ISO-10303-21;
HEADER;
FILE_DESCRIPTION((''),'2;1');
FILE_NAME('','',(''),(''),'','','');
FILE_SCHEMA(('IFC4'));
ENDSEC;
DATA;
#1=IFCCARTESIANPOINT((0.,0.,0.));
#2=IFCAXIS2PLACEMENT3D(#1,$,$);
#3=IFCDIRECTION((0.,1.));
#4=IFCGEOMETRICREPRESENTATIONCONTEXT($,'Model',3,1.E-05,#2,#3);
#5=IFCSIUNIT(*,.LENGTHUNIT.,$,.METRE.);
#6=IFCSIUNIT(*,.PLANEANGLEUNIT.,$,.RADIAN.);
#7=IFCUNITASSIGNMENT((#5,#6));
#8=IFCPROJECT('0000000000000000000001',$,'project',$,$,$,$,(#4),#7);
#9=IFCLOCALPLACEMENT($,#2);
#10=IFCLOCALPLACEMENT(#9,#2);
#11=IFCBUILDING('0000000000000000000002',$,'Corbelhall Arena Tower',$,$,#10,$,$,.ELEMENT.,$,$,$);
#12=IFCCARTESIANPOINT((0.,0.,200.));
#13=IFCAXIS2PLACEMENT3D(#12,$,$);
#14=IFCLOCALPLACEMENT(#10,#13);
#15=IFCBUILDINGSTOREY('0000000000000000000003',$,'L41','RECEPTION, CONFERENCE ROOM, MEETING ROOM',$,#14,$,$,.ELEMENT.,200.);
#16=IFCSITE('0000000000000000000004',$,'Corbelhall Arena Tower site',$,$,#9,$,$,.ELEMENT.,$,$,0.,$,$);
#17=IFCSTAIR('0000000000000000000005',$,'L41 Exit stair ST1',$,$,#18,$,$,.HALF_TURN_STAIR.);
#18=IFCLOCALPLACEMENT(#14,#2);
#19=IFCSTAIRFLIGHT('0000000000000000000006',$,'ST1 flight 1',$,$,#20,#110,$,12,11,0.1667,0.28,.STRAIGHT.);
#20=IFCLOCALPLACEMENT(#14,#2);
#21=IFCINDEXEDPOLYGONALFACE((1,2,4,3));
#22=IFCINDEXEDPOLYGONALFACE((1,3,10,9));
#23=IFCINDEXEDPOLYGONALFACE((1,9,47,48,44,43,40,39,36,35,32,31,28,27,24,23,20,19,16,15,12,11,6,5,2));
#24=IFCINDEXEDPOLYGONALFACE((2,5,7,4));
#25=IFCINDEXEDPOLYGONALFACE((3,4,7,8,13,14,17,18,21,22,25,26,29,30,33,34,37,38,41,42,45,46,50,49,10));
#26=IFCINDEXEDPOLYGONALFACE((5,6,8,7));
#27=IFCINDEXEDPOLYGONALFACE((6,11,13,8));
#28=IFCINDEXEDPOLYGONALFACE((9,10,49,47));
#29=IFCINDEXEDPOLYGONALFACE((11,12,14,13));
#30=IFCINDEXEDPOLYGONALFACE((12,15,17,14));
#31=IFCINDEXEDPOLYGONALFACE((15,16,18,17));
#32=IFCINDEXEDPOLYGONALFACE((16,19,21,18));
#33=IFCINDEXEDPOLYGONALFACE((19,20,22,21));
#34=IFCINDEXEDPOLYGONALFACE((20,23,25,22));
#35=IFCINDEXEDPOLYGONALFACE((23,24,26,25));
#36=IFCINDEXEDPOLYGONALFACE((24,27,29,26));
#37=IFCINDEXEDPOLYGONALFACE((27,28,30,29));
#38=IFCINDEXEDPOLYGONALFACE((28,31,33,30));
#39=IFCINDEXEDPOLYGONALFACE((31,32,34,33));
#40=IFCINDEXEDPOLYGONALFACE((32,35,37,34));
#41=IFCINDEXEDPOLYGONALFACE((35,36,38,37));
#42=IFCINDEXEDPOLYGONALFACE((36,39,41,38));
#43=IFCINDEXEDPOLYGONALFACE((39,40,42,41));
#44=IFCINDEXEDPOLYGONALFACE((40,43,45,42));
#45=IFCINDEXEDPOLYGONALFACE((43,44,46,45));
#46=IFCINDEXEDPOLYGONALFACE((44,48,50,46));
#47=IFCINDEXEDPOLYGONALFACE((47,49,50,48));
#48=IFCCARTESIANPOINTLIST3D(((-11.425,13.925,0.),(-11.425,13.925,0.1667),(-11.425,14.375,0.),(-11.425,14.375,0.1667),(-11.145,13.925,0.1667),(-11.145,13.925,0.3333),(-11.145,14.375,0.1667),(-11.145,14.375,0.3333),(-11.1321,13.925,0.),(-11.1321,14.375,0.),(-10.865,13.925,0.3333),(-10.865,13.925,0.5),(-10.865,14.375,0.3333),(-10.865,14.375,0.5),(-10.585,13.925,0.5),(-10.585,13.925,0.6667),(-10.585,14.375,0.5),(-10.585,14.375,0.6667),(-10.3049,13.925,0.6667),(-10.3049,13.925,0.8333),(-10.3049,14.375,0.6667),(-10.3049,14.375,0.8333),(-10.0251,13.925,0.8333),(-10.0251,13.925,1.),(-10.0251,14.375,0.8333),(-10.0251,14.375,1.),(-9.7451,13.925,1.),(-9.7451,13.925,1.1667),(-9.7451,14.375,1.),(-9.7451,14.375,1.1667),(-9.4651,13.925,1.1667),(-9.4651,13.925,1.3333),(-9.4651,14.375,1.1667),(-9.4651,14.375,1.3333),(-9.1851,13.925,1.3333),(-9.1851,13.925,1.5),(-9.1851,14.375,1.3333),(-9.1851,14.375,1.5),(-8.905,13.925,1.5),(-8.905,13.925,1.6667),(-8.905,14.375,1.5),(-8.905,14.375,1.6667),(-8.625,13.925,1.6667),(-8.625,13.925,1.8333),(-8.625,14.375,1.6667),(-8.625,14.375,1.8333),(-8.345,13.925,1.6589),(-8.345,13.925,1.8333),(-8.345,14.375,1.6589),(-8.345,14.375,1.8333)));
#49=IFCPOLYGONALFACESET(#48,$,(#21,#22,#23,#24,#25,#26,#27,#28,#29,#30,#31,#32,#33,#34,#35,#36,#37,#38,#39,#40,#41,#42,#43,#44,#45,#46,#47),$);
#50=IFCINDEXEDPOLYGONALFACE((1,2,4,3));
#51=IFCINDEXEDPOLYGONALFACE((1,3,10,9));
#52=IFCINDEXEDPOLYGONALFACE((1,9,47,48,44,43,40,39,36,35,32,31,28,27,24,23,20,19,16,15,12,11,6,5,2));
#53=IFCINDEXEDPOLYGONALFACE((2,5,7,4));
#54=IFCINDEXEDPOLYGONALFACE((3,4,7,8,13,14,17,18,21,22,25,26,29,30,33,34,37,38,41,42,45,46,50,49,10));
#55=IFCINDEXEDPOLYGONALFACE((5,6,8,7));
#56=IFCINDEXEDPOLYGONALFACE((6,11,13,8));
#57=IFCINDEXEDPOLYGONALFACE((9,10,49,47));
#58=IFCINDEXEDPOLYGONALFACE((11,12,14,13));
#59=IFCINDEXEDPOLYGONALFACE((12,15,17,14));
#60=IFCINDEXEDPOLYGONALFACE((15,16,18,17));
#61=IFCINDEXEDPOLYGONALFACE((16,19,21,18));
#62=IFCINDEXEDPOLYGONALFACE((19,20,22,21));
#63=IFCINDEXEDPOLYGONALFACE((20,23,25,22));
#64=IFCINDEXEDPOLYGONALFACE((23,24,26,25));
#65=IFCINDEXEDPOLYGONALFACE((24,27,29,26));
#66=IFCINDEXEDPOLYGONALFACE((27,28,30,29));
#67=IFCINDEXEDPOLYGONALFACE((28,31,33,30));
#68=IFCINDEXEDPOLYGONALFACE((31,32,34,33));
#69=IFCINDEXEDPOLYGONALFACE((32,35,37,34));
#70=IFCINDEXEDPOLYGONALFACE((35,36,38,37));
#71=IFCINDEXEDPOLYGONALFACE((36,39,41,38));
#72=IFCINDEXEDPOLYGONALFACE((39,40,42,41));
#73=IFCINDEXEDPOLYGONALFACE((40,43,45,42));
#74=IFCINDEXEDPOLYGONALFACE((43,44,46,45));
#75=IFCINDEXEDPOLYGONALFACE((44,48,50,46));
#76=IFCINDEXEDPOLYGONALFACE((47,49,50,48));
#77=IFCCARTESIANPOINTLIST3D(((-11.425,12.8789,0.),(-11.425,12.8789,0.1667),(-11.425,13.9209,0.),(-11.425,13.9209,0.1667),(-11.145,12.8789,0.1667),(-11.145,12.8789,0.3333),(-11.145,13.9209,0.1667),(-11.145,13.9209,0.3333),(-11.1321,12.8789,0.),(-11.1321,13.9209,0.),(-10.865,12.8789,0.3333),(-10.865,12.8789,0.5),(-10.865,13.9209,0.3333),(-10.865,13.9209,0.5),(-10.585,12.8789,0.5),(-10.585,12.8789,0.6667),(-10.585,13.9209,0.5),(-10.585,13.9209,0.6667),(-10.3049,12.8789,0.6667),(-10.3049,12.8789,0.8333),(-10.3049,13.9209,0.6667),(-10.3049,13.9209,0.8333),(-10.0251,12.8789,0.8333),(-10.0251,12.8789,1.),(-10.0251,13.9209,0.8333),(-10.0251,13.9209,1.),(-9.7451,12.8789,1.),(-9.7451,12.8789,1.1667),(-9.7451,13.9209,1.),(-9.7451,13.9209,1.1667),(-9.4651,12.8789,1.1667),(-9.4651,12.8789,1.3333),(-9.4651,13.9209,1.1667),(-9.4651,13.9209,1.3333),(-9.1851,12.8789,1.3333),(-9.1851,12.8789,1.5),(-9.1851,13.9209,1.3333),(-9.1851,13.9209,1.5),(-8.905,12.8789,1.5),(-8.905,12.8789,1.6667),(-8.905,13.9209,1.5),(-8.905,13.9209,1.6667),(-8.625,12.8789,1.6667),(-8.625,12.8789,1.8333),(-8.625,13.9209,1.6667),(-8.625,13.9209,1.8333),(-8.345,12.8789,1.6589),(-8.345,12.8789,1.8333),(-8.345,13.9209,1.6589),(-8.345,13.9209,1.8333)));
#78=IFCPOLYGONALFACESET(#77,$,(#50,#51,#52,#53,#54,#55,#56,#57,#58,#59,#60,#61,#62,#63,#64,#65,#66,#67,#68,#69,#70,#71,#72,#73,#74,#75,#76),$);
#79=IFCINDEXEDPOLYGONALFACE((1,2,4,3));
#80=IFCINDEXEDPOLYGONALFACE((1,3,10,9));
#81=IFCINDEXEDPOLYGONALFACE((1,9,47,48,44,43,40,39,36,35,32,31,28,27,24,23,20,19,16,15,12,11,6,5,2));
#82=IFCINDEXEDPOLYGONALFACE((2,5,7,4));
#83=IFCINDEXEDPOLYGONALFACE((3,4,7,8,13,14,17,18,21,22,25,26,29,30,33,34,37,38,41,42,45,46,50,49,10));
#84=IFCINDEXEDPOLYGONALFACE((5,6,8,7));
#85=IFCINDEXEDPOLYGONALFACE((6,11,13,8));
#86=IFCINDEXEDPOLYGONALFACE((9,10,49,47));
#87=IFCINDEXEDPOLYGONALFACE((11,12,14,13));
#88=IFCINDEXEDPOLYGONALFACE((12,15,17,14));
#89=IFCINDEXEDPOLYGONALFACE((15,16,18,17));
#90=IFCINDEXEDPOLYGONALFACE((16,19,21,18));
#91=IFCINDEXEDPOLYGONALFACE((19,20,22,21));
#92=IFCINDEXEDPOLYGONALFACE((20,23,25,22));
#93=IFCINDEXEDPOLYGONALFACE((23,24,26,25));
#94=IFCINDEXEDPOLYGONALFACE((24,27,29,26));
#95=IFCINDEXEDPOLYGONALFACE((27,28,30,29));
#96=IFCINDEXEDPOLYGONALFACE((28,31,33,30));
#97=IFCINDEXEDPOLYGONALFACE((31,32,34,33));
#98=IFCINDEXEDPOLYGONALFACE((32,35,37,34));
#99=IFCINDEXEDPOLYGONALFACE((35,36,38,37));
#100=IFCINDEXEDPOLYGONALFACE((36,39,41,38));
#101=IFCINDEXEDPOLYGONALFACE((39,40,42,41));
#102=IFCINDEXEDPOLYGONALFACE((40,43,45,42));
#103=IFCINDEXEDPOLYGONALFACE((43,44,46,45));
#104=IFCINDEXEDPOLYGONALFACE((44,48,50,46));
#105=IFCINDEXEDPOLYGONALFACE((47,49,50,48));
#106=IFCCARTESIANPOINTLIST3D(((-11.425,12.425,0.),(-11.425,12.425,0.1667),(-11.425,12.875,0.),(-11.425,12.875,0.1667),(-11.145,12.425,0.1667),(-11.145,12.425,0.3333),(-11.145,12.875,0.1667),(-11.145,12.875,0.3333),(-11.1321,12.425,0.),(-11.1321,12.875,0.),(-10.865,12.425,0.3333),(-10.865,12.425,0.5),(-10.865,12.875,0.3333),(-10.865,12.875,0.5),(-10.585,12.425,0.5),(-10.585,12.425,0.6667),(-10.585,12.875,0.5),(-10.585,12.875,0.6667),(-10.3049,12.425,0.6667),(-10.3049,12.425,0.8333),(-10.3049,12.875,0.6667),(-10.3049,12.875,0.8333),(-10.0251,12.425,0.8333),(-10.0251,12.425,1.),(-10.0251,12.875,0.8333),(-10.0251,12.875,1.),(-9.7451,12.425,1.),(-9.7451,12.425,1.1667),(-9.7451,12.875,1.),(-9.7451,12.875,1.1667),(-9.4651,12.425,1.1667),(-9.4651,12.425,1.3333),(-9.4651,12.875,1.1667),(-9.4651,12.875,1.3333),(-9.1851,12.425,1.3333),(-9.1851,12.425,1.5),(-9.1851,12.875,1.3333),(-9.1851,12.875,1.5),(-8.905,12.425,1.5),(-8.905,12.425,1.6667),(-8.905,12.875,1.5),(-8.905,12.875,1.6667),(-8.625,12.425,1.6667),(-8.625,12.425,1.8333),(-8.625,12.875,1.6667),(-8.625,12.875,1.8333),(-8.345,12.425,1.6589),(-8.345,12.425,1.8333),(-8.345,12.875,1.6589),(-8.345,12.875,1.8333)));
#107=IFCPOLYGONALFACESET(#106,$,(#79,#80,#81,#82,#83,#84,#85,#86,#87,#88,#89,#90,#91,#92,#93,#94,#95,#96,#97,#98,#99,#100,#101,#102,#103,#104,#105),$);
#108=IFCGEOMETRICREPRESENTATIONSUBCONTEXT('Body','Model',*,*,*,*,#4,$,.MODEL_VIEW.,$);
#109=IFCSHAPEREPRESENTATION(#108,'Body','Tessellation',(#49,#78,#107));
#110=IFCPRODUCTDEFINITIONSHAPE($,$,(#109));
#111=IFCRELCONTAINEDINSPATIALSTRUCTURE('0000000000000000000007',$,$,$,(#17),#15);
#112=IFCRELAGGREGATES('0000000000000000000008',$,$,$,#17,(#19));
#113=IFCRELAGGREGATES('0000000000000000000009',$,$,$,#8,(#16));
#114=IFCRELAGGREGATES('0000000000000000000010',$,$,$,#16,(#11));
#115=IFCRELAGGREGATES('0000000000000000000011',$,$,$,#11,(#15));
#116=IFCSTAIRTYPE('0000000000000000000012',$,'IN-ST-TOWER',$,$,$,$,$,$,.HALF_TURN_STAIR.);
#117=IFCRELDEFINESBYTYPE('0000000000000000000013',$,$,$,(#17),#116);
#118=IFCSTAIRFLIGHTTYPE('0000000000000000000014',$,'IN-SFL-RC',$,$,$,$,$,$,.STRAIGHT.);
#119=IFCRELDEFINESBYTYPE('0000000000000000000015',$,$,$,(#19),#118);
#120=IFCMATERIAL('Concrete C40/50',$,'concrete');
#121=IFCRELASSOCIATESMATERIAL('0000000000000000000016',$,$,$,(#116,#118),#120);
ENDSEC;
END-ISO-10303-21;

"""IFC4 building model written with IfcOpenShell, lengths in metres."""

from ifc_helpers import new_model, si_unit, direction, frame, origin, place, context, subcontext, project, spatial, polyline, outline, extrude, material, type_object, element, aggregate, save


model = new_model("IFC4")

# Units and contexts
model_context = context("Model", 3, precision=1e-05, world=origin(), true_north=direction((0.0, 1.0)))
body_context = subcontext(model_context, "Body", "Model", "MODEL_VIEW")
ifc_project = project(units=[si_unit("LENGTHUNIT", "METRE"), si_unit("PLANEANGLEUNIT", "RADIAN")], contexts=[model_context])

# Site, building, storey
site_placement = place(None, origin())
site = spatial("IfcSite", under=ifc_project, at=site_placement, Name="Corbelhall Arena Tower site", CompositionType="ELEMENT", RefElevation=0.0)
building_placement = place(site_placement, origin())
building = spatial("IfcBuilding", under=site, at=building_placement, Name="Corbelhall Arena Tower", CompositionType="ELEMENT")
storey_placement = place(building_placement, frame((0.0, 0.0, 200.0)))
storey = spatial("IfcBuildingStorey", under=building, at=storey_placement, Name="L41", Description="RECEPTION, CONFERENCE ROOM, MEETING ROOM", CompositionType="ELEMENT", Elevation=200.0)

# Shared definitions
ifc_material_1 = material(Name="Concrete C40/50", Category="concrete")

# Stair, stair flight
stair_type = type_object("IfcStairType", Name="IN-ST-TOWER", PredefinedType="HALF_TURN_STAIR", material=ifc_material_1)
stair_placement = place(storey_placement, origin())
stair = element("IfcStair", 1, at=stair_placement, inside=storey, type_object=stair_type, Name="L41 Exit stair ST1", PredefinedType="HALF_TURN_STAIR")
stair_flight_type = type_object("IfcStairFlightType", Name="IN-SFL-RC", PredefinedType="STRAIGHT", material=ifc_material_1)
stair_flight_placement = place(storey_placement, frame((-11.425, 13.3999, 0.0), z_axis=(0.0, 0.0, 1.0), x_axis=(1.0, 0.0, 0.0)))
stair_flight = element("IfcStairFlight", 2, at=stair_flight_placement, type_object=stair_flight_type, Name="ST1 flight 1", NumberOfRisers=12, NumberOfTreads=11, PredefinedType="STRAIGHT", RiserHeight=0.1667, TreadLength=0.28, context=body_context, shape_type="SweptSolid", body=[
    extrude(outline(polyline([(0.0, 0.0), (0.0, 0.1667), (0.28, 0.1667), (0.28, 0.3333), (0.5601, 0.3333), (0.5601, 0.5), (0.8401, 0.5), (0.8401, 0.6667), (1.1201, 0.6667), (1.1201, 0.8333), (1.3999, 0.8333), (1.3999, 1.0), (1.6799, 1.0), (1.6799, 1.1667), (1.96, 1.1667), (1.96, 1.3333), (2.24, 1.3333), (2.24, 1.5), (2.52, 1.5), (2.52, 1.6667), (2.8, 1.6667), (2.8, 1.8333), (3.0801, 1.8333), (3.0801, 2.0), (3.0801, 1.6589), (0.293, 0.0), (0.0, 0.0)])), frame((0.0, 0.9751, 0.0), z_axis=(0.0, -1.0, 0.0), x_axis=(1.0, 0.0, 0.0)), (0.0, 0.0, 1.0), 0.45),
    extrude(outline(polyline([(0.0, 0.0), (0.0, 0.1667), (0.28, 0.1667), (0.28, 0.3333), (0.5601, 0.3333), (0.5601, 0.5), (0.8401, 0.5), (0.8401, 0.6667), (1.1201, 0.6667), (1.1201, 0.8333), (1.3999, 0.8333), (1.3999, 1.0), (1.6799, 1.0), (1.6799, 1.1667), (1.96, 1.1667), (1.96, 1.3333), (2.24, 1.3333), (2.24, 1.5), (2.52, 1.5), (2.52, 1.6667), (2.8, 1.6667), (2.8, 1.8333), (3.0801, 1.8333), (3.0801, 2.0), (3.0801, 1.6589), (0.293, 0.0), (0.0, 0.0)])), frame((0.0, 0.521, 0.0), z_axis=(0.0, -1.0, 0.0), x_axis=(1.0, 0.0, 0.0)), (0.0, 0.0, 1.0), 1.042),
    extrude(outline(polyline([(0.0, 0.0), (0.0, 0.1667), (0.28, 0.1667), (0.28, 0.3333), (0.5601, 0.3333), (0.5601, 0.5), (0.8401, 0.5), (0.8401, 0.6667), (1.1201, 0.6667), (1.1201, 0.8333), (1.3999, 0.8333), (1.3999, 1.0), (1.6799, 1.0), (1.6799, 1.1667), (1.96, 1.1667), (1.96, 1.3333), (2.24, 1.3333), (2.24, 1.5), (2.52, 1.5), (2.52, 1.6667), (2.8, 1.6667), (2.8, 1.8333), (3.0801, 1.8333), (3.0801, 2.0), (3.0801, 1.6589), (0.293, 0.0), (0.0, 0.0)])), frame((0.0, -0.5249, 0.0), z_axis=(0.0, -1.0, 0.0), x_axis=(1.0, 0.0, 0.0)), (0.0, 0.0, 1.0), 0.45),
])
aggregate(stair, [stair_flight])

save(model, "model.ifc")
